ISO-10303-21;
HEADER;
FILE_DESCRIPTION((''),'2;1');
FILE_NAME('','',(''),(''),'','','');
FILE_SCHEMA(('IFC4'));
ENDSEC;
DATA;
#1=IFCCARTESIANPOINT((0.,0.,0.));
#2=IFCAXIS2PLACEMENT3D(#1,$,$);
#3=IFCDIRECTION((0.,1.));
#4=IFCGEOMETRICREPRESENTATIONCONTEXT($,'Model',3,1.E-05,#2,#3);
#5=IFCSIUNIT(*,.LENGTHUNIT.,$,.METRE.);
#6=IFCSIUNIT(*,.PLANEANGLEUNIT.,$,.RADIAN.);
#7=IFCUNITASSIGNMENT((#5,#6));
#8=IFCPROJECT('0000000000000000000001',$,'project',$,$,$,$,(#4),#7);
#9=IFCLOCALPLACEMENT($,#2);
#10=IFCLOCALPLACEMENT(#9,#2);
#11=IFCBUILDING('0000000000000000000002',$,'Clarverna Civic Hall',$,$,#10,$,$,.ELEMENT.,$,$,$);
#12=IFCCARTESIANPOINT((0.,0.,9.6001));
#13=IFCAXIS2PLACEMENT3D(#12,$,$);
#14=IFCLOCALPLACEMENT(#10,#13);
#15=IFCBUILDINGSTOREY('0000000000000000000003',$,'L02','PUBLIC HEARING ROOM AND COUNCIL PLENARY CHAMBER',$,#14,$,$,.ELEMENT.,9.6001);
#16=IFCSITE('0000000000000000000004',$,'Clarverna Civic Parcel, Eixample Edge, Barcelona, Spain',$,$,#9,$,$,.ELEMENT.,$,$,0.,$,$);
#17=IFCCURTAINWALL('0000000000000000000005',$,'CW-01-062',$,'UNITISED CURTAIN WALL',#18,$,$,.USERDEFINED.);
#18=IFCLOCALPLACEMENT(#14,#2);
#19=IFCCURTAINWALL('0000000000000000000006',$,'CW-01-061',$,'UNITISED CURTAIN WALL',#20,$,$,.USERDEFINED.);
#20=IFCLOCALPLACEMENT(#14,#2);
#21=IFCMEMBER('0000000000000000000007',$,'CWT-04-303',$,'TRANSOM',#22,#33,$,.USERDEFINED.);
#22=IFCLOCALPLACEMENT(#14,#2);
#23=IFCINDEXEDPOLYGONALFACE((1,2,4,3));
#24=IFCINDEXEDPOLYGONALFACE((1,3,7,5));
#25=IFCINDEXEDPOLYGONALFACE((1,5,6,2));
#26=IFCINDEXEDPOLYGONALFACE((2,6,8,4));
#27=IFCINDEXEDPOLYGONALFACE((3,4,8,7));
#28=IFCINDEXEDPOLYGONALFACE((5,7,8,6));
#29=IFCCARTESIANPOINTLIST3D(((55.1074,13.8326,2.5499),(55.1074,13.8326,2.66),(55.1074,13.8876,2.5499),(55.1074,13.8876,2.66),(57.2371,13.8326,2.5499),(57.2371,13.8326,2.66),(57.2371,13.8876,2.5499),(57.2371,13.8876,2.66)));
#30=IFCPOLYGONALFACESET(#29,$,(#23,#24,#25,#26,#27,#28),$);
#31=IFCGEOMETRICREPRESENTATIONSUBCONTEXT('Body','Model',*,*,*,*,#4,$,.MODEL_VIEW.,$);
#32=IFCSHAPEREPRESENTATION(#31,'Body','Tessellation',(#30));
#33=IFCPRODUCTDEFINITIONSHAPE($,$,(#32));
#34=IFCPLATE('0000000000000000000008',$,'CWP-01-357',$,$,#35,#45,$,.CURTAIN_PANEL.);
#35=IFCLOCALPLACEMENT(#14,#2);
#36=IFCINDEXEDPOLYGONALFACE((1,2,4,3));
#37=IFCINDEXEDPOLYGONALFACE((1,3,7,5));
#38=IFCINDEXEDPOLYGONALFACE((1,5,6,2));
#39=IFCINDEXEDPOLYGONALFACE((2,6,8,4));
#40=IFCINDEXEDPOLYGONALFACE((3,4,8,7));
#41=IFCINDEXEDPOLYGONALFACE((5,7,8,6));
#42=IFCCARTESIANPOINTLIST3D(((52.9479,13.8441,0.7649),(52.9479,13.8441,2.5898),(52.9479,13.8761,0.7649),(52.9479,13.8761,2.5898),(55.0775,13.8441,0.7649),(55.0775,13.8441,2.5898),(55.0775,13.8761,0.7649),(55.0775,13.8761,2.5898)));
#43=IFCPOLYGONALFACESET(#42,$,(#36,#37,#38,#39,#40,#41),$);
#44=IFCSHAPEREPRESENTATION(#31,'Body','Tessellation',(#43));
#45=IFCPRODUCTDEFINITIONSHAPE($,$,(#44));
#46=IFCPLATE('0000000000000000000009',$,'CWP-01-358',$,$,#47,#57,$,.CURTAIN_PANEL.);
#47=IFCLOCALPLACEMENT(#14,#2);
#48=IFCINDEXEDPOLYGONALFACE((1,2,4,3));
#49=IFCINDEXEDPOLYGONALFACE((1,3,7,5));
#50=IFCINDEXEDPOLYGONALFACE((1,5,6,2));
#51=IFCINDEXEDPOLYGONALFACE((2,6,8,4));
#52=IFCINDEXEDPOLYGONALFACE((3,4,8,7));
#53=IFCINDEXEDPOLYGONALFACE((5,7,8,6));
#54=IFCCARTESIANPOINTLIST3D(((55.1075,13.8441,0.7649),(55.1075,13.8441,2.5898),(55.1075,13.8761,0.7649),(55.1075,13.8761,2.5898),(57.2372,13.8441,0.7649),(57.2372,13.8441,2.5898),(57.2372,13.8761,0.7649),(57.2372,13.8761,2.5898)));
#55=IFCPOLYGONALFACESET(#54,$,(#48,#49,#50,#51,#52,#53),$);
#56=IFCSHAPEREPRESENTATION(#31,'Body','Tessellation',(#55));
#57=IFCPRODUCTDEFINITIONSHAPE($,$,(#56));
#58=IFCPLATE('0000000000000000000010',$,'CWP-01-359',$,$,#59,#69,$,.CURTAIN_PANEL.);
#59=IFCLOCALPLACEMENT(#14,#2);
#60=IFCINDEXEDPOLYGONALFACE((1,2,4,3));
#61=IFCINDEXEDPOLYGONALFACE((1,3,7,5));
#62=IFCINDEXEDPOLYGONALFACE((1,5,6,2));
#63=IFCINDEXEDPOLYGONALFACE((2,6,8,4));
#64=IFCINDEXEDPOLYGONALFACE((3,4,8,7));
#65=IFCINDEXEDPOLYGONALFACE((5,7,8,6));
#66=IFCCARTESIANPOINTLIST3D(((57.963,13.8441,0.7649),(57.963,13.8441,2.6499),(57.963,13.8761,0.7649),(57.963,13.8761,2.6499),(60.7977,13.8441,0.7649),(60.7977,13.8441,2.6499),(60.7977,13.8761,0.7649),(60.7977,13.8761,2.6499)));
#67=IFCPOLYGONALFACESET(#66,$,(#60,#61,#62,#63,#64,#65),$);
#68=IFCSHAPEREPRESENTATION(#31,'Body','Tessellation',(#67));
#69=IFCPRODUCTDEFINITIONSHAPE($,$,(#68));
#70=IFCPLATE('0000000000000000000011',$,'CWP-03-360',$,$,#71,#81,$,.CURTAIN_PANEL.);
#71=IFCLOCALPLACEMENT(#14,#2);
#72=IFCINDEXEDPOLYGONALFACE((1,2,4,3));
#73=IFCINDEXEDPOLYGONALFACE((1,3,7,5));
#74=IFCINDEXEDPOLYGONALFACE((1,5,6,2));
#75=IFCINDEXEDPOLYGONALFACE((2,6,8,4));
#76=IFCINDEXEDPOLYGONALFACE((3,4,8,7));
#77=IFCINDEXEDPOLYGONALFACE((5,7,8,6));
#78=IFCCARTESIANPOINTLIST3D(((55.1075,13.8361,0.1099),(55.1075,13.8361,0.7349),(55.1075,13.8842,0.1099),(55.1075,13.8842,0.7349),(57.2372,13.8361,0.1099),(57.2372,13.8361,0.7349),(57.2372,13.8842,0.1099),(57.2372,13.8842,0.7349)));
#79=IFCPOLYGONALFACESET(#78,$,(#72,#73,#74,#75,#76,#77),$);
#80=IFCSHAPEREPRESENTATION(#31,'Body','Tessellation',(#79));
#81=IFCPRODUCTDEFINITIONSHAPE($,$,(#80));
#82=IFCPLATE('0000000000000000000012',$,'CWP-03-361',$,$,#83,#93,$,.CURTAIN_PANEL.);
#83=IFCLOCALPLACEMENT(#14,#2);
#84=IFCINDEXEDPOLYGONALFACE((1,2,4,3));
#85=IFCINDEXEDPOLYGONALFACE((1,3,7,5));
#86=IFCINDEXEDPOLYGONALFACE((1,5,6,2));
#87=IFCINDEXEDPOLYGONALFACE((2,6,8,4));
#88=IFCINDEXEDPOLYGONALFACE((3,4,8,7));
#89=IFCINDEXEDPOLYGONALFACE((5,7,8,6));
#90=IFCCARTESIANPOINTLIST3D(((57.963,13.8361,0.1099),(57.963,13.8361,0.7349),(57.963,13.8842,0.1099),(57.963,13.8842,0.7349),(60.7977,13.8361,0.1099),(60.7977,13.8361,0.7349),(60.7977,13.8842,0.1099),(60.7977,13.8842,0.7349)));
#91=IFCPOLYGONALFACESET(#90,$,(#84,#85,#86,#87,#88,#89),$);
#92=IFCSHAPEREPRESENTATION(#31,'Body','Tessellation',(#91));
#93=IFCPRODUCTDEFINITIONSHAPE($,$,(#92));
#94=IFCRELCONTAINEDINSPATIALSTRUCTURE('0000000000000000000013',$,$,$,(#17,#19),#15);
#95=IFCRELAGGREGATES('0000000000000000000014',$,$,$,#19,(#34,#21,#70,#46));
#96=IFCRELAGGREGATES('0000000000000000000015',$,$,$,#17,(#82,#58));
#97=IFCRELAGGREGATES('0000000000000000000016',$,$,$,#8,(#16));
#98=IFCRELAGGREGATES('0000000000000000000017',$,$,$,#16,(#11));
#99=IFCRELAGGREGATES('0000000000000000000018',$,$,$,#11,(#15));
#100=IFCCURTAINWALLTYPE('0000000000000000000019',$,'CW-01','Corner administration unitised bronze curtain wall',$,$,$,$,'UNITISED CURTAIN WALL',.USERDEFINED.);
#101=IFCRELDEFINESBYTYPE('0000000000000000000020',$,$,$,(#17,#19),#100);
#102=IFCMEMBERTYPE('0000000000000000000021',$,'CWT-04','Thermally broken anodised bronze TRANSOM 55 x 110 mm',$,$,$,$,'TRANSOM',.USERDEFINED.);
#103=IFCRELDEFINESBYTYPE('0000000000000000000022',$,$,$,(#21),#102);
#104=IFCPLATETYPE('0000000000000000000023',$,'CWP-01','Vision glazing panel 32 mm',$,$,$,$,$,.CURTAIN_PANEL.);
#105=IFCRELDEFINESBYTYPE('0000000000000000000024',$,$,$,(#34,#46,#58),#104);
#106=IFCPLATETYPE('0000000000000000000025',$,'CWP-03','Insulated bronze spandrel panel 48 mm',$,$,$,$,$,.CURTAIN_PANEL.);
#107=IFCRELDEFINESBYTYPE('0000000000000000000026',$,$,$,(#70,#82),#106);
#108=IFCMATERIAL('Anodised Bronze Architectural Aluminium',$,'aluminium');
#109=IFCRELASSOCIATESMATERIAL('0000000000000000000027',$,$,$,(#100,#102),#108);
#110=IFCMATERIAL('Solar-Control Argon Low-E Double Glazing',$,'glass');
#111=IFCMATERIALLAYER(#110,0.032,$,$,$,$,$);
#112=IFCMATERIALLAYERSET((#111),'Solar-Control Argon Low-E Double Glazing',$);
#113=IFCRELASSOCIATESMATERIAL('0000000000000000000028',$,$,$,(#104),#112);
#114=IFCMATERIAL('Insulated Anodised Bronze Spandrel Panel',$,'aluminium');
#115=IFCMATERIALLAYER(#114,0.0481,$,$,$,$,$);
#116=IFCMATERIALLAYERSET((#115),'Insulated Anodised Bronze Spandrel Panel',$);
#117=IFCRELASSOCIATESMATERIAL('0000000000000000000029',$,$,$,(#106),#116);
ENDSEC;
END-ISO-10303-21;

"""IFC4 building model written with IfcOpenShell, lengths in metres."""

from ifc_helpers import new_model, si_unit, direction, frame, frame_2d, origin, origin_2d, place, context, subcontext, project, spatial, rectangle, extrude, material, layer, layer_set, material_profile, profile_set, type_object, element, aggregate, save


model = new_model("IFC4")

# Units and contexts
model_context = context("Model", 3, precision=1e-05, world=origin(), true_north=direction((0.0, 1.0)))
body_context = subcontext(model_context, "Body", "Model", "MODEL_VIEW")
ifc_project = project(units=[si_unit("LENGTHUNIT", "METRE"), si_unit("PLANEANGLEUNIT", "RADIAN")], contexts=[model_context])

# Site, building, storey
site_placement = place(None, origin())
site = spatial("IfcSite", under=ifc_project, at=site_placement, Name="Clarverna Civic Parcel, Eixample Edge, Barcelona, Spain", CompositionType="ELEMENT", RefElevation=0.0)
building_placement = place(site_placement, origin())
building = spatial("IfcBuilding", under=site, at=building_placement, Name="Clarverna Civic Hall", CompositionType="ELEMENT")
storey_placement = place(building_placement, frame((0.0, 0.0, 9.6001)))
storey = spatial("IfcBuildingStorey", under=building, at=storey_placement, Name="L02", Description="PUBLIC HEARING ROOM AND COUNCIL PLENARY CHAMBER", CompositionType="ELEMENT", Elevation=9.6001)

# Curtain wall
ifc_material_1 = material(Name="Anodised Bronze Architectural Aluminium", Category="aluminium")
curtain_wall_type = type_object("IfcCurtainWallType", Name="CW-01", Description="Corner administration unitised bronze curtain wall", ElementType="UNITISED CURTAIN WALL", PredefinedType="USERDEFINED", material=ifc_material_1)
curtain_wall_1_placement = place(storey_placement, origin())
curtain_wall_1 = element("IfcCurtainWall", 1, at=curtain_wall_1_placement, inside=storey, type_object=curtain_wall_type, Name="CW-01-062", ObjectType="UNITISED CURTAIN WALL", PredefinedType="USERDEFINED")

# Curtain wall
curtain_wall_2_placement = place(storey_placement, origin())
curtain_wall_2 = element("IfcCurtainWall", 2, at=curtain_wall_2_placement, inside=storey, type_object=curtain_wall_type, Name="CW-01-061", ObjectType="UNITISED CURTAIN WALL", PredefinedType="USERDEFINED")

# Member
ifc_material_profile_1 = material_profile(ifc_material_1, rectangle(XDim=0.0549, YDim=0.1101, at=origin_2d()), Name="BRONZE 55x110")
ifc_profile_set_1 = profile_set([ifc_material_profile_1], Name="Anodised Bronze Architectural Aluminium")
member_type_1 = type_object("IfcMemberType", Name="CWT-04", Description="Thermally broken anodised bronze TRANSOM 55 x 110 mm", ElementType="TRANSOM", PredefinedType="USERDEFINED", material=ifc_profile_set_1)
member_1_placement = place(storey_placement, frame((55.1074, 13.8601, 2.605), z_axis=(1.0, 0.0, 0.0), x_axis=(0.0, 1.0, 0.0)))
member_1 = element("IfcMember", 3, at=member_1_placement, type_object=member_type_1, Name="CWT-04-303", ObjectType="TRANSOM", PredefinedType="USERDEFINED", context=body_context, shape_type="SweptSolid", body=[
    extrude(rectangle(XDim=0.0549, YDim=0.1101, at=origin_2d()), origin(), (0.0, 0.0, 1.0), 2.1296),
])

# Plates
ifc_material_2 = material(Name="Solar-Control Argon Low-E Double Glazing", Category="glass")
ifc_layer_1 = layer(ifc_material_2, 0.032)
ifc_layer_set_1 = layer_set([ifc_layer_1], Name="Solar-Control Argon Low-E Double Glazing")
plate_type_1 = type_object("IfcPlateType", Name="CWP-01", Description="Vision glazing panel 32 mm", PredefinedType="CURTAIN_PANEL", material=ifc_layer_set_1)
plate_1_placement = place(storey_placement, frame((52.9478, 13.8601, 0.7649), z_axis=(0.0, 0.0, 1.0), x_axis=(1.0, 0.0, 0.0)))
plate_1 = element("IfcPlate", 4, at=plate_1_placement, type_object=plate_type_1, Name="CWP-01-357", PredefinedType="CURTAIN_PANEL", context=body_context, shape_type="SweptSolid", body=[
    extrude(rectangle(XDim=2.1296, YDim=0.032, at=frame_2d((1.0649, 0.0))), origin(), (0.0, 0.0, 1.0), 1.825),
])
plate_2_placement = place(storey_placement, frame((55.1074, 13.8601, 0.7649), z_axis=(0.0, 0.0, 1.0), x_axis=(1.0, 0.0, 0.0)))
plate_2 = element("IfcPlate", 5, at=plate_2_placement, type_object=plate_type_1, Name="CWP-01-358", PredefinedType="CURTAIN_PANEL", context=body_context, shape_type="SweptSolid", body=[
    extrude(rectangle(XDim=2.1296, YDim=0.032, at=frame_2d((1.0649, 0.0))), origin(), (0.0, 0.0, 1.0), 1.825),
])
plate_3_placement = place(storey_placement, frame((57.9629, 13.8601, 0.7649), z_axis=(0.0, 0.0, 1.0), x_axis=(1.0, 0.0, 0.0)))
plate_3 = element("IfcPlate", 6, at=plate_3_placement, type_object=plate_type_1, Name="CWP-01-359", PredefinedType="CURTAIN_PANEL", context=body_context, shape_type="SweptSolid", body=[
    extrude(rectangle(XDim=2.8347, YDim=0.032, at=frame_2d((1.4175, 0.0))), origin(), (0.0, 0.0, 1.0), 1.885),
])
ifc_material_3 = material(Name="Insulated Anodised Bronze Spandrel Panel", Category="aluminium")
ifc_layer_2 = layer(ifc_material_3, 0.0481)
ifc_layer_set_2 = layer_set([ifc_layer_2], Name="Insulated Anodised Bronze Spandrel Panel")
plate_type_2 = type_object("IfcPlateType", Name="CWP-03", Description="Insulated bronze spandrel panel 48 mm", PredefinedType="CURTAIN_PANEL", material=ifc_layer_set_2)
plate_4_placement = place(storey_placement, frame((55.1074, 13.8601, 0.1099), z_axis=(0.0, 0.0, 1.0), x_axis=(1.0, 0.0, 0.0)))
plate_4 = element("IfcPlate", 7, at=plate_4_placement, type_object=plate_type_2, Name="CWP-03-360", PredefinedType="CURTAIN_PANEL", context=body_context, shape_type="SweptSolid", body=[
    extrude(rectangle(XDim=2.1296, YDim=0.0481, at=frame_2d((1.0649, 0.0))), origin(), (0.0, 0.0, 1.0), 0.625),
])
aggregate(curtain_wall_2, [plate_1, member_1, plate_4, plate_2])
plate_5_placement = place(storey_placement, frame((57.9629, 13.8601, 0.1099), z_axis=(0.0, 0.0, 1.0), x_axis=(1.0, 0.0, 0.0)))
plate_5 = element("IfcPlate", 8, at=plate_5_placement, type_object=plate_type_2, Name="CWP-03-361", PredefinedType="CURTAIN_PANEL", context=body_context, shape_type="SweptSolid", body=[
    extrude(rectangle(XDim=2.8347, YDim=0.0481, at=frame_2d((1.4175, 0.0))), origin(), (0.0, 0.0, 1.0), 0.625),
])
aggregate(curtain_wall_1, [plate_5, plate_3])

save(model, "model.ifc")
